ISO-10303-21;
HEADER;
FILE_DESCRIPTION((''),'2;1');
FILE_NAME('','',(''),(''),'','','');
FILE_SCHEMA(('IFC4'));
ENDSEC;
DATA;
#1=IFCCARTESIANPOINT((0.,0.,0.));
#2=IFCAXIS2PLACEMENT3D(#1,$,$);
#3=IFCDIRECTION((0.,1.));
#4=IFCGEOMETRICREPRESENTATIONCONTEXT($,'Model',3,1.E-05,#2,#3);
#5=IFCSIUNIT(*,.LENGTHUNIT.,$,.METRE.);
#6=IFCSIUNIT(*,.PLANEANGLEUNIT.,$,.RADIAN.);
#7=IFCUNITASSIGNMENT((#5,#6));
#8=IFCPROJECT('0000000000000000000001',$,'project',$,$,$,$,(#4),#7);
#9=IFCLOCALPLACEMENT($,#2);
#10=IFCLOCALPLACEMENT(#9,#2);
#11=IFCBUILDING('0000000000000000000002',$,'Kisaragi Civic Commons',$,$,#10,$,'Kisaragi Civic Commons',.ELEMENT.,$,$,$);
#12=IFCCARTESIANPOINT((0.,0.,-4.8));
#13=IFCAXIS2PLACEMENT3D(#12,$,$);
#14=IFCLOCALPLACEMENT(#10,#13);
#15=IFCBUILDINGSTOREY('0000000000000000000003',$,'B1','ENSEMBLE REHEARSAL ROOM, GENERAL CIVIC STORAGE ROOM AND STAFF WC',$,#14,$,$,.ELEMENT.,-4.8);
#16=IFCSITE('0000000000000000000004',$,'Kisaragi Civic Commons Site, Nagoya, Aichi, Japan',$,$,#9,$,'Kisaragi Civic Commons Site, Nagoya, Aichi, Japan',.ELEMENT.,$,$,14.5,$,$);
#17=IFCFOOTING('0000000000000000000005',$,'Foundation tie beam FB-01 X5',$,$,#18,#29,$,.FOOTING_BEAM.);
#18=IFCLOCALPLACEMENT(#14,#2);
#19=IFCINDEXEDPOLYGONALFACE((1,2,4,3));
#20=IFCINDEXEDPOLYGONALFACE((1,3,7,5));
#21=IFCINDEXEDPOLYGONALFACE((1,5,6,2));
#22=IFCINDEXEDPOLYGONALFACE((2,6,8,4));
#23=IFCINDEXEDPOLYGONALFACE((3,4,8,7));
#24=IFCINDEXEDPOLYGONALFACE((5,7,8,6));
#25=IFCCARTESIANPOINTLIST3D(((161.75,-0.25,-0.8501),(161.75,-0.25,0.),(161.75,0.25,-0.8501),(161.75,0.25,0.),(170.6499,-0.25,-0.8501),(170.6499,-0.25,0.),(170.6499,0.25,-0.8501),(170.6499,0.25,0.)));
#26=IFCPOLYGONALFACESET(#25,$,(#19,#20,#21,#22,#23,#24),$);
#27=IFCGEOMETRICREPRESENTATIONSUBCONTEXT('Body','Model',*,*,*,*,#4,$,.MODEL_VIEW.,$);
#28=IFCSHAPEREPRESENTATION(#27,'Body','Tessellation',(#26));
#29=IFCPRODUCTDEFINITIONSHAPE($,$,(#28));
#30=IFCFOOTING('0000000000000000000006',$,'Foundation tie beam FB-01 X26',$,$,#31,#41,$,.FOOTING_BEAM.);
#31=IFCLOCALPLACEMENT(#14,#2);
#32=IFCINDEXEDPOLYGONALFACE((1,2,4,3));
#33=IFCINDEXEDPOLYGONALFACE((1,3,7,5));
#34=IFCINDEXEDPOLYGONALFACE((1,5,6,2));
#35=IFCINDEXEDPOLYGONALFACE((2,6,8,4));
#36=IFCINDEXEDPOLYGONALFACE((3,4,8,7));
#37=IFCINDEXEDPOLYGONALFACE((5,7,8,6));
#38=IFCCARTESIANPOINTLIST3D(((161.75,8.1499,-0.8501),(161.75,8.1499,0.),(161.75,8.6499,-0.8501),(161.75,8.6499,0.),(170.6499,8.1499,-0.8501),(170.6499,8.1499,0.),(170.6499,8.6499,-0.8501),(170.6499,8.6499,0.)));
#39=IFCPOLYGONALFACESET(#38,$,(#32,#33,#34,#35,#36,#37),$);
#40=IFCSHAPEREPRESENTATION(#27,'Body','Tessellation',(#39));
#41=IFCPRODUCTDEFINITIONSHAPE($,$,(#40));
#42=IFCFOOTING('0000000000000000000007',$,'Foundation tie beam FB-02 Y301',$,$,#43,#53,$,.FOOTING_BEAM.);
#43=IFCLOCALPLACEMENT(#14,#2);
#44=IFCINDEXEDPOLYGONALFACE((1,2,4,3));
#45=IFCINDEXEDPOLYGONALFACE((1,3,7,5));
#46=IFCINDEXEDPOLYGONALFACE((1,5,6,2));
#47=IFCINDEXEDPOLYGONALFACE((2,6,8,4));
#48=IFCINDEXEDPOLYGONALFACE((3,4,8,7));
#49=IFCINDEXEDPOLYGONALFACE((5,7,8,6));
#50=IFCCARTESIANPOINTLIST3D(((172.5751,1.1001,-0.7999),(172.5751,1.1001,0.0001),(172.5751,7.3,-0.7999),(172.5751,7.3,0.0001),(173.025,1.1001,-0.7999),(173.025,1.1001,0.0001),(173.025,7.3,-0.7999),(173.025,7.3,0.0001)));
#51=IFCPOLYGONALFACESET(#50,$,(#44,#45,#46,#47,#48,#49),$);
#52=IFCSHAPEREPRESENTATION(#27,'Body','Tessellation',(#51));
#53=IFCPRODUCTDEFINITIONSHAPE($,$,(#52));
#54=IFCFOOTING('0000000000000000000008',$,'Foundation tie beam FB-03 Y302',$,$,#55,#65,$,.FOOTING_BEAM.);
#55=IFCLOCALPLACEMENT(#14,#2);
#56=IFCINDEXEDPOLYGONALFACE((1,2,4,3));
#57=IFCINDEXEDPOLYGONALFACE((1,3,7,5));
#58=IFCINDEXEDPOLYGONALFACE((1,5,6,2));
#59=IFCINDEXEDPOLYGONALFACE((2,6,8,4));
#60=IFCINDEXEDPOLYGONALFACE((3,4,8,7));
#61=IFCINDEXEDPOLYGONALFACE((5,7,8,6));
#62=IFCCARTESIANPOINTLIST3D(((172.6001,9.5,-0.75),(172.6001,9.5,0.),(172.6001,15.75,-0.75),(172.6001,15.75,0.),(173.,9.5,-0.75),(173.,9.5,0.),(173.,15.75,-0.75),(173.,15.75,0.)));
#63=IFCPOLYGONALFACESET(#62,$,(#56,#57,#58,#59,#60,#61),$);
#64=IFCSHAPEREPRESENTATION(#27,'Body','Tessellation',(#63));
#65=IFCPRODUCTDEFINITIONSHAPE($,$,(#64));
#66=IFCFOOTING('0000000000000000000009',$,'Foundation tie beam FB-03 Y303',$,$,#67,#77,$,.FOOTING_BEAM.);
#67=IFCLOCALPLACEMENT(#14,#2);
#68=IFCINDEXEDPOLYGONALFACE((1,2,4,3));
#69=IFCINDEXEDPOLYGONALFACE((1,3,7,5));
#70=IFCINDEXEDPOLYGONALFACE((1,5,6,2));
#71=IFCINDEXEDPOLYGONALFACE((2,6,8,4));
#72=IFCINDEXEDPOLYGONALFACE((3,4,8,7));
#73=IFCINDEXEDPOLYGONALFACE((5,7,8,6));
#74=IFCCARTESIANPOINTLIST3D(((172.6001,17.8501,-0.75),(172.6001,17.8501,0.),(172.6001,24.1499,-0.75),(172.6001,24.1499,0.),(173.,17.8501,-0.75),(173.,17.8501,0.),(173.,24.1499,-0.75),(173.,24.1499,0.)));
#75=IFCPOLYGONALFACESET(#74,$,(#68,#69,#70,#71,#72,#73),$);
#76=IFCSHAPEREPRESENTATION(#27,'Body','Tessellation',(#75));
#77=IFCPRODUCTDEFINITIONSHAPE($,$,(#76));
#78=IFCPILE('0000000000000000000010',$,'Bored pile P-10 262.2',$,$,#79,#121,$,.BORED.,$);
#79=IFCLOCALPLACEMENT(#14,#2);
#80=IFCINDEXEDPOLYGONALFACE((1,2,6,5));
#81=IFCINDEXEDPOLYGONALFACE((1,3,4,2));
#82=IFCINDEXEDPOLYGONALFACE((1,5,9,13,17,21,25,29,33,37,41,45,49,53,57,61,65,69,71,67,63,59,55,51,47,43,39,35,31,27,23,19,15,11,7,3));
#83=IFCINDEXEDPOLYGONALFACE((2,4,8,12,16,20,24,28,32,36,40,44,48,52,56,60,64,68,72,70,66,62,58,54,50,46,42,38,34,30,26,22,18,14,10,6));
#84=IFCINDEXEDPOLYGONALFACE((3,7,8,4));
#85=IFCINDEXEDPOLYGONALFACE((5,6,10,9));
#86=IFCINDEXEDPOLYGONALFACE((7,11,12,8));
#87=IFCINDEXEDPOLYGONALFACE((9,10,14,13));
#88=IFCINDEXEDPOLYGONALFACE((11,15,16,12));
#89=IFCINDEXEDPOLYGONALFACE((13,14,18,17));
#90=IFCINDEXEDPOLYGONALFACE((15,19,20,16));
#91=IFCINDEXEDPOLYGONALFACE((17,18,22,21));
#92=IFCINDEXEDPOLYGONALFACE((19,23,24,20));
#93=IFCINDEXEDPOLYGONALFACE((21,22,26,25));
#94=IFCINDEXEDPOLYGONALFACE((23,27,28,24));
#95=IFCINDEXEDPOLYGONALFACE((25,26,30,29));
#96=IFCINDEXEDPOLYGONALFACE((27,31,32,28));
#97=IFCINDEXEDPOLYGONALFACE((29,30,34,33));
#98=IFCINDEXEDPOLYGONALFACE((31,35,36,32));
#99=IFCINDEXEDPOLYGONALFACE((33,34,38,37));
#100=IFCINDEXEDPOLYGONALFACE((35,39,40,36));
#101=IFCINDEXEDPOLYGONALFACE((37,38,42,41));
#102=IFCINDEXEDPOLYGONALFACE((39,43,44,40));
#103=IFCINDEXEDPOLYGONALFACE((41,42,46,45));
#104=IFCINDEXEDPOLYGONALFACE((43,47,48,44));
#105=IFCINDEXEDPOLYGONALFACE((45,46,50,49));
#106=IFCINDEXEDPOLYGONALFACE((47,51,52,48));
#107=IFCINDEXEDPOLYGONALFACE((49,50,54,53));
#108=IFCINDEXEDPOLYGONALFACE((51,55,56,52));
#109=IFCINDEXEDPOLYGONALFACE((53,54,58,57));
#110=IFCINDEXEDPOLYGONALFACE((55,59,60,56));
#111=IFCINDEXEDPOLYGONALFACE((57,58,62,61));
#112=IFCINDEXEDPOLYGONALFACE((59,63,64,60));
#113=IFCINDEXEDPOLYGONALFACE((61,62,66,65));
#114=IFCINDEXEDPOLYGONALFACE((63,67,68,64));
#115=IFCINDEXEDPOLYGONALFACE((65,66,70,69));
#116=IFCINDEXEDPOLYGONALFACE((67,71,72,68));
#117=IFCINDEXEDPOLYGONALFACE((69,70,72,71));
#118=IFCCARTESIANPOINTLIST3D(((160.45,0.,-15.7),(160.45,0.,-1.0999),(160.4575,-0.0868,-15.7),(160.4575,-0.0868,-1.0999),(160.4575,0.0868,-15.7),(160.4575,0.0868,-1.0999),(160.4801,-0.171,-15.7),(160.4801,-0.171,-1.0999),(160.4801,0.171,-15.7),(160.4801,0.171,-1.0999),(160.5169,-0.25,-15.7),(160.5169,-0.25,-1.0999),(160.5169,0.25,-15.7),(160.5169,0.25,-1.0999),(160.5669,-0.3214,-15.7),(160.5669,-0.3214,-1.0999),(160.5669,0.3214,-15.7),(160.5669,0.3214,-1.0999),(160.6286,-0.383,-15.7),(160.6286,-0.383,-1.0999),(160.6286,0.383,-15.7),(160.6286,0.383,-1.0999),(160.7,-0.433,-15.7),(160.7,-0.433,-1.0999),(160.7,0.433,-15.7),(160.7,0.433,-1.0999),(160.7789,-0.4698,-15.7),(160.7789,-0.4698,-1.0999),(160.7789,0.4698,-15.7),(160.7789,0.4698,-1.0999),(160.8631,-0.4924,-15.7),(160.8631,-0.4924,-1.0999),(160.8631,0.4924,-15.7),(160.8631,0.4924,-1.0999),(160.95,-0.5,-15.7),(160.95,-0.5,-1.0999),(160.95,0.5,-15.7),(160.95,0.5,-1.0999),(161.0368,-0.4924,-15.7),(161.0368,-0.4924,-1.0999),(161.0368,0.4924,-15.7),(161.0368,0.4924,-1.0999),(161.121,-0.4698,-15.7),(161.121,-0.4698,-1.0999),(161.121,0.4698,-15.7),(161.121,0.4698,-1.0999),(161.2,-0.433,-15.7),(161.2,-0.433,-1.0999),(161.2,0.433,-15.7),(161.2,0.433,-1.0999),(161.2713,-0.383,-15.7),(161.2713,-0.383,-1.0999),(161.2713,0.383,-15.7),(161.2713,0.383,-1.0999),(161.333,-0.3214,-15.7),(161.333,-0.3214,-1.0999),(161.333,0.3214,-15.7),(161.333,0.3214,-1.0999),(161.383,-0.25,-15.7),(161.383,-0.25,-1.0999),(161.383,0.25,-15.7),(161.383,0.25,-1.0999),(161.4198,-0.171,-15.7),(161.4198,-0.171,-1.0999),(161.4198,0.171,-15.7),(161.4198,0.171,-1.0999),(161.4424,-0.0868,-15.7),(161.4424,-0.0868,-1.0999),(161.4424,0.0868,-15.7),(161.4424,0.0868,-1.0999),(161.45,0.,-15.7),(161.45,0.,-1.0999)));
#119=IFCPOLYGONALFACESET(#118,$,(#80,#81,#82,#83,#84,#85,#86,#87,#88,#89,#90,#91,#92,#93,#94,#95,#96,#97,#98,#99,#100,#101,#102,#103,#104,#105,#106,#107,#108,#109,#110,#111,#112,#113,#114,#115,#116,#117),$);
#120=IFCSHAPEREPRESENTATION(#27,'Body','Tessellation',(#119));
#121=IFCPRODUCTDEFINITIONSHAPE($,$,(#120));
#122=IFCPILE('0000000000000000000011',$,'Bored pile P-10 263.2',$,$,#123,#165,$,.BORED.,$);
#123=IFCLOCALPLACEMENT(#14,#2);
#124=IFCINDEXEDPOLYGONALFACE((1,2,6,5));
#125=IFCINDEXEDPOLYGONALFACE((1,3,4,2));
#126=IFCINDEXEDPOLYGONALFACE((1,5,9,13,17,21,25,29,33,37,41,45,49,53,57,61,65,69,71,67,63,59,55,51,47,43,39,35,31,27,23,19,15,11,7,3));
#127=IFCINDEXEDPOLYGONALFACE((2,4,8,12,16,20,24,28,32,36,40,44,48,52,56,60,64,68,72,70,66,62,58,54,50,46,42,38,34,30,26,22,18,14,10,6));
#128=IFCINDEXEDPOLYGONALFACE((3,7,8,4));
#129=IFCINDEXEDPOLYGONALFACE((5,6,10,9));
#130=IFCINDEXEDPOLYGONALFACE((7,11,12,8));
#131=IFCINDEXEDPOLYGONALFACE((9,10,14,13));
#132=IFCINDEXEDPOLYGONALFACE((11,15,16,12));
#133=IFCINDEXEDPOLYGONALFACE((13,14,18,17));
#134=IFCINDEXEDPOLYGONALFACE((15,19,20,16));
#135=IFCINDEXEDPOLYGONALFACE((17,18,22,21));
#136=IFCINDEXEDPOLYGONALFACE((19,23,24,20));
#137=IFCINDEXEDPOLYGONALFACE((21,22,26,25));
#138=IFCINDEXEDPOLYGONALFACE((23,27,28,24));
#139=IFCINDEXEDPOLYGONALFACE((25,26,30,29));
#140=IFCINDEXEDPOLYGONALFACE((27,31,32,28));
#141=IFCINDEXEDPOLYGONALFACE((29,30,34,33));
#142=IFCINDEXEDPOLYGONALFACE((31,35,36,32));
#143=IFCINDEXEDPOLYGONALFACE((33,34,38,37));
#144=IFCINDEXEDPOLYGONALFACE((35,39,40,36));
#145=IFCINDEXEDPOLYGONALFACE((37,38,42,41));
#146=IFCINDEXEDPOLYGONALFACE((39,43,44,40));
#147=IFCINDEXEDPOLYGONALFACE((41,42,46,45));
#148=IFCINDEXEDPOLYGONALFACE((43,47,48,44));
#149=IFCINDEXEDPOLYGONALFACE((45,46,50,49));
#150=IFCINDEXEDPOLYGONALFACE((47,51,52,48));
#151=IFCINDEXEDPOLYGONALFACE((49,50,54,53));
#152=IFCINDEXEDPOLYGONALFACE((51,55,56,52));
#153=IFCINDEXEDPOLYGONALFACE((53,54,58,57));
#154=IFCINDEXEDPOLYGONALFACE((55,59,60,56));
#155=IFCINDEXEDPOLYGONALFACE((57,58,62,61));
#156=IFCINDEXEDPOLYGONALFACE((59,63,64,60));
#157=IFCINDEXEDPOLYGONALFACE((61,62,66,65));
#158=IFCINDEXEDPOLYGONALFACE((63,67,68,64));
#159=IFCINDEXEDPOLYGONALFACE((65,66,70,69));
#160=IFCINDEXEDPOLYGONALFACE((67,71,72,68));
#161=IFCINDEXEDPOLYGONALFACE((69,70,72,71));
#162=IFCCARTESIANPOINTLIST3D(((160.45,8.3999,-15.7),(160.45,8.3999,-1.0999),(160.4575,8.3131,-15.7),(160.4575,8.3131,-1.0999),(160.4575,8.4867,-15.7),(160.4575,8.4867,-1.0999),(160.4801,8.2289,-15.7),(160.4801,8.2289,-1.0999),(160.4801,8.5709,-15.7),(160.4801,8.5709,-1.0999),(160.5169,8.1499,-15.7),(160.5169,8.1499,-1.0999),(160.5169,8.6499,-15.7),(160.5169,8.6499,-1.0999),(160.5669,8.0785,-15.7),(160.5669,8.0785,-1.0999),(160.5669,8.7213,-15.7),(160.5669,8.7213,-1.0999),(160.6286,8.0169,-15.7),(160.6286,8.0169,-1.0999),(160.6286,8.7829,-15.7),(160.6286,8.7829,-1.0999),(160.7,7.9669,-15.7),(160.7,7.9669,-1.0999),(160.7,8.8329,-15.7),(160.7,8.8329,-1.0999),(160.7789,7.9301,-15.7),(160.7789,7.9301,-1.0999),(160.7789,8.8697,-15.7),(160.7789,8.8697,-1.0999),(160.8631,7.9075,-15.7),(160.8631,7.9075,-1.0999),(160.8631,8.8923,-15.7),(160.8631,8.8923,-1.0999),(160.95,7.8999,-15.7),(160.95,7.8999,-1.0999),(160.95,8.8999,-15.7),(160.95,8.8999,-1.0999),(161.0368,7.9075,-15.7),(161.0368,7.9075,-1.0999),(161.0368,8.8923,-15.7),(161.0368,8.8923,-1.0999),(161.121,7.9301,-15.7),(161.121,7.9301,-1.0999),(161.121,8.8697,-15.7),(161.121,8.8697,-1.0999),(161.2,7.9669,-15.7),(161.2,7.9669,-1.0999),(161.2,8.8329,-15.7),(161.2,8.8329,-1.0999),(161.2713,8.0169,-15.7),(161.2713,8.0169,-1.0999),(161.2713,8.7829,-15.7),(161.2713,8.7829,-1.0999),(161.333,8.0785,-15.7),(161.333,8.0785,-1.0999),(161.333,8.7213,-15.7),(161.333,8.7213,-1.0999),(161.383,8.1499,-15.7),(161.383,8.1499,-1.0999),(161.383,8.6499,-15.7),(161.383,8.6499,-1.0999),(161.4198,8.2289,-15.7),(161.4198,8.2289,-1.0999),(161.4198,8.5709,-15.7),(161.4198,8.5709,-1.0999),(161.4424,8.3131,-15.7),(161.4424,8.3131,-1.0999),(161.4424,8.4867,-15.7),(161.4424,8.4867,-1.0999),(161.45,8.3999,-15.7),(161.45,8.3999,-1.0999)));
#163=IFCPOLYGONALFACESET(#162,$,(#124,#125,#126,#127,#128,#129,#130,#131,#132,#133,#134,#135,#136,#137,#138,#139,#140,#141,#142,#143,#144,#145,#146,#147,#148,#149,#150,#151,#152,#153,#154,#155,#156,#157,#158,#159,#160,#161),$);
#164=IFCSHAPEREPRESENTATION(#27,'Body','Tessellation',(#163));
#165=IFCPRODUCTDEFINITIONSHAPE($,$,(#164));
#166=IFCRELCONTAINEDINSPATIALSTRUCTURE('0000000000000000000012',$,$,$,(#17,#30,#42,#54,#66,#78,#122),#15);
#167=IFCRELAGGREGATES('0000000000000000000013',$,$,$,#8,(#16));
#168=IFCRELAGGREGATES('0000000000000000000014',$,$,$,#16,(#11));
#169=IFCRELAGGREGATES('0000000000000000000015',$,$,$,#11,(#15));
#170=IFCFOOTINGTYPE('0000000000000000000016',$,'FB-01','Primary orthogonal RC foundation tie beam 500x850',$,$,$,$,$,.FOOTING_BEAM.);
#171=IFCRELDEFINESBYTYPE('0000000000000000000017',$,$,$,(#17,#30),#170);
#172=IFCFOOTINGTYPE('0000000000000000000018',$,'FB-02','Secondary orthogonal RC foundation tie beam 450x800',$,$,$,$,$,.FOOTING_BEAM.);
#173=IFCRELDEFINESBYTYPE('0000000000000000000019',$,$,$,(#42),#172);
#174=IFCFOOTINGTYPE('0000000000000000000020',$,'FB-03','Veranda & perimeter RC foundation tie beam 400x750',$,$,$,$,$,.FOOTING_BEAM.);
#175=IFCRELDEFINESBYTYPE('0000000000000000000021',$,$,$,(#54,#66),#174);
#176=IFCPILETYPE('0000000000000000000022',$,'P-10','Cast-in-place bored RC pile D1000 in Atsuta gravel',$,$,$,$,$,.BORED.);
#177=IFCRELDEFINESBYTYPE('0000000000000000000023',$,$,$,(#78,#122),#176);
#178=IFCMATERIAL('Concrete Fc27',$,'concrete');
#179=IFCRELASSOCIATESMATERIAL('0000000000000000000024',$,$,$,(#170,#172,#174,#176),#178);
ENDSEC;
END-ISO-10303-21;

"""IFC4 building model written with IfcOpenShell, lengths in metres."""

from ifc_helpers import new_model, si_unit, direction, frame, origin, origin_2d, place, context, subcontext, project, spatial, rectangle, circle, extrude, material, material_profile, profile_set, type_object, element, save


model = new_model("IFC4")

# Units and contexts
model_context = context("Model", 3, precision=1e-05, world=origin(), true_north=direction((0.0, 1.0)))
body_context = subcontext(model_context, "Body", "Model", "MODEL_VIEW")
ifc_project = project(units=[si_unit("LENGTHUNIT", "METRE"), si_unit("PLANEANGLEUNIT", "RADIAN")], contexts=[model_context])

# Site, building, storey
site_placement = place(None, origin())
site = spatial("IfcSite", under=ifc_project, at=site_placement, Name="Kisaragi Civic Commons Site, Nagoya, Aichi, Japan", LongName="Kisaragi Civic Commons Site, Nagoya, Aichi, Japan", CompositionType="ELEMENT", RefElevation=14.5)
building_placement = place(site_placement, origin())
building = spatial("IfcBuilding", under=site, at=building_placement, Name="Kisaragi Civic Commons", LongName="Kisaragi Civic Commons", CompositionType="ELEMENT")
storey_placement = place(building_placement, frame((0.0, 0.0, -4.8)))
storey = spatial("IfcBuildingStorey", under=building, at=storey_placement, Name="B1", Description="ENSEMBLE REHEARSAL ROOM, GENERAL CIVIC STORAGE ROOM AND STAFF WC", CompositionType="ELEMENT", Elevation=-4.8)

# Footings
ifc_material_1 = material(Name="Concrete Fc27", Category="concrete")
ifc_material_profile_1 = material_profile(ifc_material_1, rectangle(XDim=0.5, YDim=0.8501, at=origin_2d()), Name="RC-500x850", Category="concrete")
ifc_profile_set_1 = profile_set([ifc_material_profile_1], Name="Concrete Fc27")
footing_type_1 = type_object("IfcFootingType", Name="FB-01", Description="Primary orthogonal RC foundation tie beam 500x850", PredefinedType="FOOTING_BEAM", material=ifc_profile_set_1)
for number, where, z_axis, x_axis, name in (
    (1, (161.75, 0.0, -0.425), (1.0, 0.0, 0.0), (0.0, 1.0, 0.0), "Foundation tie beam FB-01 X5"),
    (2, (161.75, 8.3999, -0.425), (1.0, 0.0, 0.0), (0.0, 1.0, 0.0), "Foundation tie beam FB-01 X26"),
):
    element("IfcFooting", number, at=place(storey_placement, frame(where, z_axis=z_axis, x_axis=x_axis)), inside=storey, type_object=footing_type_1, Name=name, PredefinedType="FOOTING_BEAM", context=body_context, shape_type="SweptSolid", body=[
        extrude(rectangle(XDim=0.5, YDim=0.8501, at=origin_2d()), origin(), (0.0, 0.0, 1.0), 8.8999),
    ])
ifc_material_profile_2 = material_profile(ifc_material_1, rectangle(XDim=0.45, YDim=0.8, at=origin_2d()), Name="RC-450x800", Category="concrete")
ifc_profile_set_2 = profile_set([ifc_material_profile_2], Name="Concrete Fc27")
footing_type_2 = type_object("IfcFootingType", Name="FB-02", Description="Secondary orthogonal RC foundation tie beam 450x800", PredefinedType="FOOTING_BEAM", material=ifc_profile_set_2)
footing_1_placement = place(storey_placement, frame((172.8, 1.1001, -0.3999), z_axis=(0.0, 1.0, 0.0), x_axis=(-1.0, 0.0, 0.0)))
element("IfcFooting", 3, at=footing_1_placement, inside=storey, type_object=footing_type_2, Name="Foundation tie beam FB-02 Y301", PredefinedType="FOOTING_BEAM", context=body_context, shape_type="SweptSolid", body=[
    extrude(rectangle(XDim=0.45, YDim=0.8, at=origin_2d()), origin(), (0.0, 0.0, 1.0), 6.2),
])
ifc_material_profile_3 = material_profile(ifc_material_1, rectangle(XDim=0.3999, YDim=0.75, at=origin_2d()), Name="RC-400x750", Category="concrete")
ifc_profile_set_3 = profile_set([ifc_material_profile_3], Name="Concrete Fc27")
footing_type_3 = type_object("IfcFootingType", Name="FB-03", Description="Veranda & perimeter RC foundation tie beam 400x750", PredefinedType="FOOTING_BEAM", material=ifc_profile_set_3)
footing_2_placement = place(storey_placement, frame((172.8, 9.5, -0.375), z_axis=(0.0, 1.0, 0.0), x_axis=(-1.0, 0.0, 0.0)))
element("IfcFooting", 4, at=footing_2_placement, inside=storey, type_object=footing_type_3, Name="Foundation tie beam FB-03 Y302", PredefinedType="FOOTING_BEAM", context=body_context, shape_type="SweptSolid", body=[
    extrude(rectangle(XDim=0.3999, YDim=0.75, at=origin_2d()), origin(), (0.0, 0.0, 1.0), 6.25),
])
footing_3_placement = place(storey_placement, frame((172.8, 17.8501, -0.375), z_axis=(0.0, 1.0, 0.0), x_axis=(-1.0, 0.0, 0.0)))
element("IfcFooting", 5, at=footing_3_placement, inside=storey, type_object=footing_type_3, Name="Foundation tie beam FB-03 Y303", PredefinedType="FOOTING_BEAM", context=body_context, shape_type="SweptSolid", body=[
    extrude(rectangle(XDim=0.3999, YDim=0.75, at=origin_2d()), origin(), (0.0, 0.0, 1.0), 6.2998),
])

# Piles
ifc_material_profile_4 = material_profile(ifc_material_1, circle(Radius=0.5, at=origin_2d()), Name="PILE-D1000", Category="concrete")
ifc_profile_set_4 = profile_set([ifc_material_profile_4], Name="Concrete Fc27")
pile_type = type_object("IfcPileType", Name="P-10", Description="Cast-in-place bored RC pile D1000 in Atsuta gravel", PredefinedType="BORED", material=ifc_profile_set_4)
for number, where, z_axis, x_axis, name in (
    (6, (160.95, 0.0, -1.0999), (0.0, 0.0, -1.0), (1.0, 0.0, 0.0), "Bored pile P-10 262.2"),
    (7, (160.95, 8.3999, -1.0999), (0.0, 0.0, -1.0), (1.0, 0.0, 0.0), "Bored pile P-10 263.2"),
):
    element("IfcPile", number, at=place(storey_placement, frame(where, z_axis=z_axis, x_axis=x_axis)), inside=storey, type_object=pile_type, Name=name, PredefinedType="BORED", context=body_context, shape_type="SweptSolid", body=[
        extrude(circle(Radius=0.5, at=origin_2d()), origin(), (0.0, 0.0, 1.0), 14.6001),
    ])

save(model, "model.ifc")
